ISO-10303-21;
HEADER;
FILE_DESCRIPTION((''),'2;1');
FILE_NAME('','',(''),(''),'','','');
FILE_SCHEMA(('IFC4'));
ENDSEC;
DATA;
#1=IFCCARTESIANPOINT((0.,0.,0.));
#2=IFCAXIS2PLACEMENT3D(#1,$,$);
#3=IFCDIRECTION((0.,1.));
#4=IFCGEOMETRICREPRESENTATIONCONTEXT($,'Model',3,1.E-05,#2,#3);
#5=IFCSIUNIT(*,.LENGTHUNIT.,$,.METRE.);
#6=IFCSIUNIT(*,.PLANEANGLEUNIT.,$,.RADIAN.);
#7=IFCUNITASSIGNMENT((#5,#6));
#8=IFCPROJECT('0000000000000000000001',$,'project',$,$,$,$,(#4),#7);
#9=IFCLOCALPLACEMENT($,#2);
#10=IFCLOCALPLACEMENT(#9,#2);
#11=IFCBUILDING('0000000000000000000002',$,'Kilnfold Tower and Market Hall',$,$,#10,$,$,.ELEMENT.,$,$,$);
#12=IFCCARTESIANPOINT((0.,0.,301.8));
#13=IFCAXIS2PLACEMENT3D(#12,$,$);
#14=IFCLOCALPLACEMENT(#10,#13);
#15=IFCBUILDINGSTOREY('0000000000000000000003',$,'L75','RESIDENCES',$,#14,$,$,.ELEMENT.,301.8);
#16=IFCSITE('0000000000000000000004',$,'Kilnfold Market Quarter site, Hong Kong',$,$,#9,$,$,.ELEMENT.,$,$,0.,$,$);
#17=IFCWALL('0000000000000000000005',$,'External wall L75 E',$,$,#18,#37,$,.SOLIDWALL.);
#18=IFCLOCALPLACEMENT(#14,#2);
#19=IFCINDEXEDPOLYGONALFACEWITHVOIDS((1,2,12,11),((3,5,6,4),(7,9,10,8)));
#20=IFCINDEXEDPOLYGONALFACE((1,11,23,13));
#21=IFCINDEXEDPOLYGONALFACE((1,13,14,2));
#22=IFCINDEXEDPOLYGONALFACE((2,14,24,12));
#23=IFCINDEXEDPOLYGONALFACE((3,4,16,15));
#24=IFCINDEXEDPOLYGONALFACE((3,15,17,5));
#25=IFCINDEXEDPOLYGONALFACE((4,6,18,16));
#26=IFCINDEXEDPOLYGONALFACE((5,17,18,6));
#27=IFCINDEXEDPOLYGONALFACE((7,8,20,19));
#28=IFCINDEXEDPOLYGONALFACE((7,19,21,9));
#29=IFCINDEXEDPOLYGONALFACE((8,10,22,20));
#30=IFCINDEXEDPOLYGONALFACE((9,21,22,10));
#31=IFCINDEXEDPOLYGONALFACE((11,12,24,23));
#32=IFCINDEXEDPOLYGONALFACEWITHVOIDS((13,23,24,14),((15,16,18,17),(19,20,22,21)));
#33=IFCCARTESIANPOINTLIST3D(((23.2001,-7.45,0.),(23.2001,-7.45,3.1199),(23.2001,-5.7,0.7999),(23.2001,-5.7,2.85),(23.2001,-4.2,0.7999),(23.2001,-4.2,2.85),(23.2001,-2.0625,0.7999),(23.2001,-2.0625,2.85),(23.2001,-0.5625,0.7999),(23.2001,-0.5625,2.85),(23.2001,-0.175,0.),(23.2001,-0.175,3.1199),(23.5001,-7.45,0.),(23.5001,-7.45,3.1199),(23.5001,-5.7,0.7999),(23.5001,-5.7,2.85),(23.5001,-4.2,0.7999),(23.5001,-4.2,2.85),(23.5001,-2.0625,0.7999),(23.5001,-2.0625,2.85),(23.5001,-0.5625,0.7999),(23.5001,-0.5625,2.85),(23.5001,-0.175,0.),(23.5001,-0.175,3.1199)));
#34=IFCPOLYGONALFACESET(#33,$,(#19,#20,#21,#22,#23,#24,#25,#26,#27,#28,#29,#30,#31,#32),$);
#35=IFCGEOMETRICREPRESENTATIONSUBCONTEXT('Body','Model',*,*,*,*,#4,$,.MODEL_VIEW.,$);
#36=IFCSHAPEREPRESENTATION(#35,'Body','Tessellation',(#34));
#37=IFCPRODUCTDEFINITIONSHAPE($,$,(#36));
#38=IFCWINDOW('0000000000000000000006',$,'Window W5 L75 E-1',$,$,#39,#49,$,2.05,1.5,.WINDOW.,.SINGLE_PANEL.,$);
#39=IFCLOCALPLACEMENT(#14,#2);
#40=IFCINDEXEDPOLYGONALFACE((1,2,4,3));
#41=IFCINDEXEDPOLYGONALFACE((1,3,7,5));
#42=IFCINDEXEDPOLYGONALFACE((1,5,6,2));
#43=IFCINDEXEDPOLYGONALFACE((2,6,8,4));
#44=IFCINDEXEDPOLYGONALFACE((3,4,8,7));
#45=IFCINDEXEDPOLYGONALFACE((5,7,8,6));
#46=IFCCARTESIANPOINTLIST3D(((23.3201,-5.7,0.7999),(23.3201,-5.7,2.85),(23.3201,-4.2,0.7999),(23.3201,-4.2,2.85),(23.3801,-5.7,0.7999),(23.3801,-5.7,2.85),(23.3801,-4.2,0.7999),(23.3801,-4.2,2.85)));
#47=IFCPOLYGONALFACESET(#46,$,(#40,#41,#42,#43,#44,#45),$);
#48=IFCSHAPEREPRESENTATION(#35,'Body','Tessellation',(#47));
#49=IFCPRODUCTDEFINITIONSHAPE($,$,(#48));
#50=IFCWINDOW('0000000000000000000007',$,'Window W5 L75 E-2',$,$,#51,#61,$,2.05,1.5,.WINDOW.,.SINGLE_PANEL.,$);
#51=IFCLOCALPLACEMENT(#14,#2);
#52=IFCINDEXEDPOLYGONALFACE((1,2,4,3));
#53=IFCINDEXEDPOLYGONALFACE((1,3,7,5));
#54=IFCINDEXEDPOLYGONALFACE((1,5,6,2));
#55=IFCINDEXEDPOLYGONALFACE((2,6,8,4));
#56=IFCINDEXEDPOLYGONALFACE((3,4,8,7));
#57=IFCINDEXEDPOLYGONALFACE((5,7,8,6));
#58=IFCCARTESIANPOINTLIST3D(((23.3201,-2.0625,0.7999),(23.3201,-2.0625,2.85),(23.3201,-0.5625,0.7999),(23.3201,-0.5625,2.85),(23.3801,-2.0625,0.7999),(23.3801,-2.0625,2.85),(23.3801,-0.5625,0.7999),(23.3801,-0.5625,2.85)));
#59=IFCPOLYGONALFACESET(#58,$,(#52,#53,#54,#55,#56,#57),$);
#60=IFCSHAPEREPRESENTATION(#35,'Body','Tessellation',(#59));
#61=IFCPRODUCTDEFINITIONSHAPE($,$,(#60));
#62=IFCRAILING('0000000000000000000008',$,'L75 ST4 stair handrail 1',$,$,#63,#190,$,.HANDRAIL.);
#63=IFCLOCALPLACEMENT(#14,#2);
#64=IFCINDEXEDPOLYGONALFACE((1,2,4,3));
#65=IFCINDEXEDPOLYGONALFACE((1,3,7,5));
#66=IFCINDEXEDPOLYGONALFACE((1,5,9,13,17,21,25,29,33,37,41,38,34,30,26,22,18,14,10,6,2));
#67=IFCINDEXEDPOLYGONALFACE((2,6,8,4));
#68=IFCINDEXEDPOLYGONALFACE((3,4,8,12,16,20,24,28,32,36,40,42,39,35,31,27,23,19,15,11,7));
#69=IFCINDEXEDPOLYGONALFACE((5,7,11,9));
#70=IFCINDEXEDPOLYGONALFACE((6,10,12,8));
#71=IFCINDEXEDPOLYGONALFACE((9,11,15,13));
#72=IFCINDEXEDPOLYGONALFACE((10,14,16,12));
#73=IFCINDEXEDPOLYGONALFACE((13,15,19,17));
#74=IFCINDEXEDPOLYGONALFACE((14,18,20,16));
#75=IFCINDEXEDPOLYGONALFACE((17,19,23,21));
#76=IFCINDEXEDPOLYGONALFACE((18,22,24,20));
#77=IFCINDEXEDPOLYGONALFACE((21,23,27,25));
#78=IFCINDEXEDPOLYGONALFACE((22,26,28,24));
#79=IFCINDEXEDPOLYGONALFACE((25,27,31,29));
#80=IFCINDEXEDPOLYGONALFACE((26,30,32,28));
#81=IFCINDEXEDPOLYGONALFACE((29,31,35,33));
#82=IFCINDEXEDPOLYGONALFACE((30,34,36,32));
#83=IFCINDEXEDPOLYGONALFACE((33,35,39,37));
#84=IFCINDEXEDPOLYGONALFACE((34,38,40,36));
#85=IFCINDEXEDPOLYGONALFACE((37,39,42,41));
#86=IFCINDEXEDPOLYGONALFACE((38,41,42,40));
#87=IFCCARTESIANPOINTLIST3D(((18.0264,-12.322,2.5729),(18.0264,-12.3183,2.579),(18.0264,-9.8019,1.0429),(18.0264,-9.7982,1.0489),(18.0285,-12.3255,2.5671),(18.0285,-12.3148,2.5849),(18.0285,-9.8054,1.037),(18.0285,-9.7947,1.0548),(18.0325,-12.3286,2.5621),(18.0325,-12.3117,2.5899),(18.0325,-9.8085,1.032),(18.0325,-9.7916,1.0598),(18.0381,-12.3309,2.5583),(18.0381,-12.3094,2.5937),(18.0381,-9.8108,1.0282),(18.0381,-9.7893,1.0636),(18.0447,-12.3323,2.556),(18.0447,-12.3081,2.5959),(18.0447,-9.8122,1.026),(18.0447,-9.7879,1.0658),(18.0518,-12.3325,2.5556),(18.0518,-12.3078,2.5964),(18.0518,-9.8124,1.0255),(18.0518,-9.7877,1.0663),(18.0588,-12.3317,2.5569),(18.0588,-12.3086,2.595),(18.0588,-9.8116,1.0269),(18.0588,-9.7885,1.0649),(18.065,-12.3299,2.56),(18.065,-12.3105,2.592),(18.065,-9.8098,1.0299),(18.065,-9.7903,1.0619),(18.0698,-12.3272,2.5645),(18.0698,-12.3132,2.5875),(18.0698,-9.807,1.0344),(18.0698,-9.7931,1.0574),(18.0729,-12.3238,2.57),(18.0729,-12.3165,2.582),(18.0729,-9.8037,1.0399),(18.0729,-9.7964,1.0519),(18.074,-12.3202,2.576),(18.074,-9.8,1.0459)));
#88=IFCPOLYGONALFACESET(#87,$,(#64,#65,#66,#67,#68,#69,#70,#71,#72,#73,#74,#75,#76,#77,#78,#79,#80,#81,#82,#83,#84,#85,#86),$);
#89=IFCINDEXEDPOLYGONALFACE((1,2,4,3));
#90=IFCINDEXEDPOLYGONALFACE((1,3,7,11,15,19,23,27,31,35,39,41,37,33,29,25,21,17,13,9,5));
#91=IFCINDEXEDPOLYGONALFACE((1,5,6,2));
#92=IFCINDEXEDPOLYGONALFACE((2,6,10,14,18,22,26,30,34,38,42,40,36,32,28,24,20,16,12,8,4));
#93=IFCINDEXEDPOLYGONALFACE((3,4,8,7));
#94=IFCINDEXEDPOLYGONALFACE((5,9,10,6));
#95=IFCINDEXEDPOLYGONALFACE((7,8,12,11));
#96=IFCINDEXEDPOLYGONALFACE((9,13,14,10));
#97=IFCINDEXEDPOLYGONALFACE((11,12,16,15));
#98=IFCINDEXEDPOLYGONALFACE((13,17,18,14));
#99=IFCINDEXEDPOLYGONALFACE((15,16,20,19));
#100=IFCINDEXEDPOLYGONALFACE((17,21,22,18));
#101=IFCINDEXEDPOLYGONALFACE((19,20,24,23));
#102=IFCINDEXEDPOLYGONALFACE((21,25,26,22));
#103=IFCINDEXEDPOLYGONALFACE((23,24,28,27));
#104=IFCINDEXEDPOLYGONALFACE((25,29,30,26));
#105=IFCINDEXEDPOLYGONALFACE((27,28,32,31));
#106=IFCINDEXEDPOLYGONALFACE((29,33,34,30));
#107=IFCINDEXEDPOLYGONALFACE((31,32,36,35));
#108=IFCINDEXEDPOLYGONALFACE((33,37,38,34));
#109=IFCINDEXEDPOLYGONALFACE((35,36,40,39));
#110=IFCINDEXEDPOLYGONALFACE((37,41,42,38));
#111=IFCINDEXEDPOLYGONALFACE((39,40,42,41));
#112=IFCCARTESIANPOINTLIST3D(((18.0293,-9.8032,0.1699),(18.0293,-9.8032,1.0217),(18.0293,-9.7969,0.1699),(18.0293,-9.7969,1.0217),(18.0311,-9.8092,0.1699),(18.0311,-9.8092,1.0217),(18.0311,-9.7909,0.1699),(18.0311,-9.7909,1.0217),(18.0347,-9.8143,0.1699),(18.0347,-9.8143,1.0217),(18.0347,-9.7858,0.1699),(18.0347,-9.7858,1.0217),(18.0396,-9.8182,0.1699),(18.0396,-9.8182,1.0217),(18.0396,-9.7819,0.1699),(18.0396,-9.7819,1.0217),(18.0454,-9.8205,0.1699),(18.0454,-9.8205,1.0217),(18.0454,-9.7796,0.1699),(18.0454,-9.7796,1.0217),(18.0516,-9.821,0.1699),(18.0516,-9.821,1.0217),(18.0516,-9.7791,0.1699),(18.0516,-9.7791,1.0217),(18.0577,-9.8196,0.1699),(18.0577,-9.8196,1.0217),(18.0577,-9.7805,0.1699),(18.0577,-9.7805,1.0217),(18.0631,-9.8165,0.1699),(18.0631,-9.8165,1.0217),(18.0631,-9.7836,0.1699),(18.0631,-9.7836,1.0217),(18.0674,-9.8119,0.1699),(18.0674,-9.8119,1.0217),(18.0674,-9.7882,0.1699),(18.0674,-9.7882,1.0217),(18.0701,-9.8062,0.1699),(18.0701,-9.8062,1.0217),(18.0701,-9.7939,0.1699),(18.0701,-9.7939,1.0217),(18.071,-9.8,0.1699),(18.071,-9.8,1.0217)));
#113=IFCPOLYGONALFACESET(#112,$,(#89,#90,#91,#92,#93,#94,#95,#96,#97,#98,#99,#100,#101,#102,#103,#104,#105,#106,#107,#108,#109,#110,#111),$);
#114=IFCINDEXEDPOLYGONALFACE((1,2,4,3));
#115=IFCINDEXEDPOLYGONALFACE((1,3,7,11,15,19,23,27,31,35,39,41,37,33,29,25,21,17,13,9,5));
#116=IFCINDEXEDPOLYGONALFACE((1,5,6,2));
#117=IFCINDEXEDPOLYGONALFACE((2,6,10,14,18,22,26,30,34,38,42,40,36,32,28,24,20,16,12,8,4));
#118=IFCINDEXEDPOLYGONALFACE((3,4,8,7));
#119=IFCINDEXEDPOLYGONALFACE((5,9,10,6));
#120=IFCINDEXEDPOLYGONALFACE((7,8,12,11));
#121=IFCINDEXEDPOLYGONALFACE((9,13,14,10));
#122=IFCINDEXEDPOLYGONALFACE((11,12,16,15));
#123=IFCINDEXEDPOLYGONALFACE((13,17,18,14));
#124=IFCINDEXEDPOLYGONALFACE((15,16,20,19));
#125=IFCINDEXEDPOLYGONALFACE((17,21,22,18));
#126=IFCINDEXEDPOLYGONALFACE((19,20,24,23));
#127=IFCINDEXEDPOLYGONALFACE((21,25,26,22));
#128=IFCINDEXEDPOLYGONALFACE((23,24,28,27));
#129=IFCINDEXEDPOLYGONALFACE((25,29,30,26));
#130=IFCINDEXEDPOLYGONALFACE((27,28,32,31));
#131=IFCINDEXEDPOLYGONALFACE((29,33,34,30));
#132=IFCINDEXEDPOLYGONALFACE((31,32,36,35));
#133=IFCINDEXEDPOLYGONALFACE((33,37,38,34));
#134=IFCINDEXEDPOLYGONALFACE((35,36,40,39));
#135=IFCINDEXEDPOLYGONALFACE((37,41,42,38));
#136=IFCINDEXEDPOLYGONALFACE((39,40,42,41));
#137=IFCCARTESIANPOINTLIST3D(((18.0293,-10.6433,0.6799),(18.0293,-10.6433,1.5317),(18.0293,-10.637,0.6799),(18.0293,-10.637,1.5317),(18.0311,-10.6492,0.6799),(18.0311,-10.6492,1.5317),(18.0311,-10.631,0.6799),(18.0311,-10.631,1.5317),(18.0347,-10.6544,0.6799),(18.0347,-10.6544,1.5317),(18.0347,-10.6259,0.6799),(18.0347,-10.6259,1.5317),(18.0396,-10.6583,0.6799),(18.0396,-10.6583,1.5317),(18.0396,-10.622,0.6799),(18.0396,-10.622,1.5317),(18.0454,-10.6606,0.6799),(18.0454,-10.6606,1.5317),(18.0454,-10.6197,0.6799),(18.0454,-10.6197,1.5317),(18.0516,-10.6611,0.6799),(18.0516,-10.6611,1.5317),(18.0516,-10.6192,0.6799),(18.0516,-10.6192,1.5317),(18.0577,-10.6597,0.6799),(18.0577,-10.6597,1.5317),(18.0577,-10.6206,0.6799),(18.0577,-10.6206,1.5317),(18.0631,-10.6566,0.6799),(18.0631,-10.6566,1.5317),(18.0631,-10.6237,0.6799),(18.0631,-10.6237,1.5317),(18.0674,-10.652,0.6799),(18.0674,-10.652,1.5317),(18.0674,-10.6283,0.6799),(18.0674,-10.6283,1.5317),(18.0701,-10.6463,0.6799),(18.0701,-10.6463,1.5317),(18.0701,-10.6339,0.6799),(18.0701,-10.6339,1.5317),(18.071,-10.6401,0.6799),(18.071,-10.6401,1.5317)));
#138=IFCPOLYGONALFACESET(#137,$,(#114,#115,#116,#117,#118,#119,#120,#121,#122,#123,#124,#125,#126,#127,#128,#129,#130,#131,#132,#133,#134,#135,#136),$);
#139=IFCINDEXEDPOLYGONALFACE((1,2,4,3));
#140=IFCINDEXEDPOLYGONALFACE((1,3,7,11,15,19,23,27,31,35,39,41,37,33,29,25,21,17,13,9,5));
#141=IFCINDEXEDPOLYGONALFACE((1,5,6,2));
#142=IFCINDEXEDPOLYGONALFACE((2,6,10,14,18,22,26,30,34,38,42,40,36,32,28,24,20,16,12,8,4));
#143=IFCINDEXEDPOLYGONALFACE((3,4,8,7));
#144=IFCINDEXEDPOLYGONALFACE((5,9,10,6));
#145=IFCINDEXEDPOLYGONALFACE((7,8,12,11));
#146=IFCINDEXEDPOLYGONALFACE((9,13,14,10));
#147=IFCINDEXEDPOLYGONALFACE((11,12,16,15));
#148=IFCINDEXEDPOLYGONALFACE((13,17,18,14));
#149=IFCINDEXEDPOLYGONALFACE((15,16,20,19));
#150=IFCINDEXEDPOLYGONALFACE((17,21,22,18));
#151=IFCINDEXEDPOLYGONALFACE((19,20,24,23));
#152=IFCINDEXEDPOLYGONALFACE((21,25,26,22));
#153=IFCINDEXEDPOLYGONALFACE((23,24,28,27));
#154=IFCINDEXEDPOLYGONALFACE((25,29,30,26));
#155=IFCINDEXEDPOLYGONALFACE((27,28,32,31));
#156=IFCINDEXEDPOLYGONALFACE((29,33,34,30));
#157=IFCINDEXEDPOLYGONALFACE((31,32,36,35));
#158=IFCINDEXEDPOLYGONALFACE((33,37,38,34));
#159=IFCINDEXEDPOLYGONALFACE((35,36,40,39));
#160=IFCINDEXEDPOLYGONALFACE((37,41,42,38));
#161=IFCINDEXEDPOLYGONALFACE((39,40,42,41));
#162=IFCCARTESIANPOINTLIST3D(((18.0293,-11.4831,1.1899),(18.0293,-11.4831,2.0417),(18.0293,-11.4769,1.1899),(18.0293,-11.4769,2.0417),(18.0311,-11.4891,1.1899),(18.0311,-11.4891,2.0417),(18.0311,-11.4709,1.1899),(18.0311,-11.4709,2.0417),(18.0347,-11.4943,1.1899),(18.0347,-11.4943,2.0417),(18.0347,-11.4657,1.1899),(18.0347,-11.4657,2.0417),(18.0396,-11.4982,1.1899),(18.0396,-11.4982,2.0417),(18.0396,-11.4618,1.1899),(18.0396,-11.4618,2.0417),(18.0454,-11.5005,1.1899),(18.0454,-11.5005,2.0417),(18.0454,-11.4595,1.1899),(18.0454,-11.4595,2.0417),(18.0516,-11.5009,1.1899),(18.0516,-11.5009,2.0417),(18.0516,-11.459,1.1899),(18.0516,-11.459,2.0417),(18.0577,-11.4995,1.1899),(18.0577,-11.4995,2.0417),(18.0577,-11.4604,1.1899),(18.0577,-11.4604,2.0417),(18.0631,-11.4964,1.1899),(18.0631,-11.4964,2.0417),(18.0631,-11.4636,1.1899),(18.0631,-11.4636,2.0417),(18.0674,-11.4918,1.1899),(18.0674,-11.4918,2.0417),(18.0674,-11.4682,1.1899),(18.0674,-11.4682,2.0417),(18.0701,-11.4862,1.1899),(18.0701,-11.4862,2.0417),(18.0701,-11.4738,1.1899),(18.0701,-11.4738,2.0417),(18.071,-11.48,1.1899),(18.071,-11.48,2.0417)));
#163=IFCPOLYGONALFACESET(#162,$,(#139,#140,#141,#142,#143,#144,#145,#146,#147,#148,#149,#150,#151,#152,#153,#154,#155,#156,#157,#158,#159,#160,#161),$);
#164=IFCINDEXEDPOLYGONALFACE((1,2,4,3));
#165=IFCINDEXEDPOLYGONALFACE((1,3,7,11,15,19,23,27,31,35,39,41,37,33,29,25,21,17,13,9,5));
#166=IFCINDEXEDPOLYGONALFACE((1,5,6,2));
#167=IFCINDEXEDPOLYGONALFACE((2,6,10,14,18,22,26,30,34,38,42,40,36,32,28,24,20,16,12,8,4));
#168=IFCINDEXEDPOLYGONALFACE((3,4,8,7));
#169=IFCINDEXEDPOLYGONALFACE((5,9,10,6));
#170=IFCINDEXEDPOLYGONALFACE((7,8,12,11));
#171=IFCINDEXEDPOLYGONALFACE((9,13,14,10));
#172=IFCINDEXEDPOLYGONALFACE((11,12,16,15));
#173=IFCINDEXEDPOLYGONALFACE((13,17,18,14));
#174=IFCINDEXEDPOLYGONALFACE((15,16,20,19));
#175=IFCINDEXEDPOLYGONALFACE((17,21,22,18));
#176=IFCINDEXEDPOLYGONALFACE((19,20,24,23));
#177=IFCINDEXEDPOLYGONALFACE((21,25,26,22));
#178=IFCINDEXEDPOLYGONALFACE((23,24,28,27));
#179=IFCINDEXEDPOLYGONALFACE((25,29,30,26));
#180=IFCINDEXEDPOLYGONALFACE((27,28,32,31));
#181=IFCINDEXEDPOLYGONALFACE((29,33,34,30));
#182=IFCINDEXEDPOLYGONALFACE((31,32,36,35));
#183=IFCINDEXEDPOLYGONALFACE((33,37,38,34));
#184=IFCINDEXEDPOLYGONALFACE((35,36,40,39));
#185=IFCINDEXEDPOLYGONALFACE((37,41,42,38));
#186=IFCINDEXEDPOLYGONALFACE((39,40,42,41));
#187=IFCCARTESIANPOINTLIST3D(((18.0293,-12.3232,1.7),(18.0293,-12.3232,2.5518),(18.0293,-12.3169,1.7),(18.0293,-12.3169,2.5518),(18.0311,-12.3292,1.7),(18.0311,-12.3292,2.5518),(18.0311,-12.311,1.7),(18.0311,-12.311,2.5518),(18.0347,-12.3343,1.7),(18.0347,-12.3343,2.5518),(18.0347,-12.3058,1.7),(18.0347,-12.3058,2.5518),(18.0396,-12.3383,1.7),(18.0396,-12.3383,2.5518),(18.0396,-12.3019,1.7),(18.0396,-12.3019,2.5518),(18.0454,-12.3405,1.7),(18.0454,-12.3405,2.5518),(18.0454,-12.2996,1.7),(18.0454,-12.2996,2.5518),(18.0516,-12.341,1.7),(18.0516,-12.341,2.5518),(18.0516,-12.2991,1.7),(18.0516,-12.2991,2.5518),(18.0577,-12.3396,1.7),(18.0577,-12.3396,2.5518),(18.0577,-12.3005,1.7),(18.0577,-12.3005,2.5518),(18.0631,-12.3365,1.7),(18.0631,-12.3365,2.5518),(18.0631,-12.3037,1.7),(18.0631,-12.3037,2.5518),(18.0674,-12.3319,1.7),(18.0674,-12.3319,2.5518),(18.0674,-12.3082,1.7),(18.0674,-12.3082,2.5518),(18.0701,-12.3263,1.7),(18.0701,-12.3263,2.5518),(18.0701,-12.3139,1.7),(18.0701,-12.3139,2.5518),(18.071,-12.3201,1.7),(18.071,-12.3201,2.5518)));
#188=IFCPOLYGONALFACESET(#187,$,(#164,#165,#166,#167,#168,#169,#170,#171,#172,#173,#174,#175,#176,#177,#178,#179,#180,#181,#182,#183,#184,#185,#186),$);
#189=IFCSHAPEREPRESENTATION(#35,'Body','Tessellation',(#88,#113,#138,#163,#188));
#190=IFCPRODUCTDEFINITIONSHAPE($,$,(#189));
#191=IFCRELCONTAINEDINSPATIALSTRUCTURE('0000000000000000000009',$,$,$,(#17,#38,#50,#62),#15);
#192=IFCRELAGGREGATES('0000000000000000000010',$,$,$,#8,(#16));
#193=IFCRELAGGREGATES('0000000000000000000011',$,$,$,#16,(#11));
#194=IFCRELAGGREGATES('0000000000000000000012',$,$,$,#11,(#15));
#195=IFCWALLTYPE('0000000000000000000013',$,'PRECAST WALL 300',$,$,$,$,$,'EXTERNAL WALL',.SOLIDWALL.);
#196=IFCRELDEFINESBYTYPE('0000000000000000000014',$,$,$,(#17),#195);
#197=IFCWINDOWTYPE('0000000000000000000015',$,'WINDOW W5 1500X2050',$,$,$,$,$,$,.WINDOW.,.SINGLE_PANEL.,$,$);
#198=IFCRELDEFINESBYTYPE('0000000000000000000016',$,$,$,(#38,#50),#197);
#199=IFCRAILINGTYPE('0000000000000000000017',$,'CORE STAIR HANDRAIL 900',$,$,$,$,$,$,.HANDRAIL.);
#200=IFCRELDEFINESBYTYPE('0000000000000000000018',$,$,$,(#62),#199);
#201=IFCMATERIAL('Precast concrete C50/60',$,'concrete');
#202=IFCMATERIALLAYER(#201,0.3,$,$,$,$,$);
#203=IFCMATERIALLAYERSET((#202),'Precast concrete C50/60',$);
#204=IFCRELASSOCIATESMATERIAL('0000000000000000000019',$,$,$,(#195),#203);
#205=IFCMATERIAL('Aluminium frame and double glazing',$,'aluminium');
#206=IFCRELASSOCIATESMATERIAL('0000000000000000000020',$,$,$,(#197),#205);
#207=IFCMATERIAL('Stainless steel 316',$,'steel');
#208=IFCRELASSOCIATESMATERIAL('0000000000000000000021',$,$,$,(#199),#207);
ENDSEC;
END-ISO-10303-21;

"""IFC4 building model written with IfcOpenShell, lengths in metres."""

from ifc_helpers import new_model, si_unit, direction, frame, frame_2d, origin, origin_2d, place, context, subcontext, project, spatial, rectangle, circle, extrude, source, transform, mapped, material, layer, layer_set, type_object, element, fill, save


model = new_model("IFC4")

# Units and contexts
model_context = context("Model", 3, precision=1e-05, world=origin(), true_north=direction((0.0, 1.0)))
body_context = subcontext(model_context, "Body", "Model", "MODEL_VIEW")
ifc_project = project(units=[si_unit("LENGTHUNIT", "METRE"), si_unit("PLANEANGLEUNIT", "RADIAN")], contexts=[model_context])

# Site, building, storey
site_placement = place(None, origin())
site = spatial("IfcSite", under=ifc_project, at=site_placement, Name="Kilnfold Market Quarter site, Hong Kong", CompositionType="ELEMENT", RefElevation=0.0)
building_placement = place(site_placement, origin())
building = spatial("IfcBuilding", under=site, at=building_placement, Name="Kilnfold Tower and Market Hall", CompositionType="ELEMENT")
storey_placement = place(building_placement, frame((0.0, 0.0, 301.8)))
storey = spatial("IfcBuildingStorey", under=building, at=storey_placement, Name="L75", Description="RESIDENCES", CompositionType="ELEMENT", Elevation=301.8)

# Wall, openings, windows
ifc_material_1 = material(Name="Precast concrete C50/60", Category="concrete")
ifc_layer_1 = layer(ifc_material_1, 0.3)
ifc_layer_set_1 = layer_set([ifc_layer_1], Name="Precast concrete C50/60")
wall_type_1 = type_object("IfcWallType", Name="PRECAST WALL 300", ElementType="EXTERNAL WALL", PredefinedType="SOLIDWALL", material=ifc_layer_set_1)
shared_shape_1 = source(origin(), body_context, "Body", "SweptSolid", [
    extrude(rectangle(XDim=7.2749, YDim=0.3, at=frame_2d((3.6375, 0.0))), origin(), (0.0, 0.0, 1.0), 3.1199),
])
wall_1_placement = place(storey_placement, frame((23.3501, -7.45, 0.0), z_axis=(0.0, 0.0, 1.0), x_axis=(0.0, 1.0, 0.0)))
wall_1 = element("IfcWall", 1, at=wall_1_placement, inside=storey, type_object=wall_type_1, Name="External wall L75 E", PredefinedType="SOLIDWALL", context=body_context, shape_type="MappedRepresentation", body=[
    mapped(shared_shape_1, transform((0.0, 0.0, 0.0))),
])
opening_1_placement = place(wall_1_placement, frame((1.75, 0.0, 0.8)))
opening_1 = element("IfcOpeningElement", 2, at=opening_1_placement, cuts=wall_1, PredefinedType="OPENING", context=body_context, shape_type="SweptSolid", body=[
    extrude(rectangle(XDim=1.5, YDim=2.05, at=frame_2d((0.75, 1.0249))), frame((0.0, 0.1602, 0.0), z_axis=(0.0, -1.0, 0.0), x_axis=(1.0, 0.0, 0.0)), (0.0, 0.0, 1.0), 0.3201),
])
opening_2_placement = place(wall_1_placement, frame((5.3875, 0.0, 0.8)))
opening_2 = element("IfcOpeningElement", 3, at=opening_2_placement, cuts=wall_1, PredefinedType="OPENING", context=body_context, shape_type="SweptSolid", body=[
    extrude(rectangle(XDim=1.5, YDim=2.05, at=frame_2d((0.75, 1.0249))), frame((0.0, 0.1602, 0.0), z_axis=(0.0, -1.0, 0.0), x_axis=(1.0, 0.0, 0.0)), (0.0, 0.0, 1.0), 0.3201),
])
ifc_material_2 = material(Name="Aluminium frame and double glazing", Category="aluminium")
window_type = type_object("IfcWindowType", Name="WINDOW W5 1500X2050", PartitioningType="SINGLE_PANEL", PredefinedType="WINDOW", material=ifc_material_2)
window_1_placement = place(opening_1_placement, origin())
window_1 = element("IfcWindow", 4, at=window_1_placement, inside=storey, type_object=window_type, Name="Window W5 L75 E-1", OverallHeight=2.05, OverallWidth=1.5, PartitioningType="SINGLE_PANEL", PredefinedType="WINDOW", context=body_context, shape_type="SweptSolid", body=[
    extrude(rectangle(XDim=1.5, YDim=2.05, at=frame_2d((0.75, 1.0249))), frame((0.0, 0.03, 0.0), z_axis=(0.0, -1.0, 0.0), x_axis=(1.0, 0.0, 0.0)), (0.0, 0.0, 1.0), 0.0601),
])
fill(opening_1, window_1)
window_2_placement = place(opening_2_placement, origin())
window_2 = element("IfcWindow", 5, at=window_2_placement, inside=storey, type_object=window_type, Name="Window W5 L75 E-2", OverallHeight=2.05, OverallWidth=1.5, PartitioningType="SINGLE_PANEL", PredefinedType="WINDOW", context=body_context, shape_type="SweptSolid", body=[
    extrude(rectangle(XDim=1.5, YDim=2.05, at=frame_2d((0.75, 1.0249))), frame((0.0, 0.03, 0.0), z_axis=(0.0, -1.0, 0.0), x_axis=(1.0, 0.0, 0.0)), (0.0, 0.0, 1.0), 0.0601),
])
fill(opening_2, window_2)

# Railing
ifc_material_3 = material(Name="Stainless steel 316", Category="steel")
railing_type_1 = type_object("IfcRailingType", Name="CORE STAIR HANDRAIL 900", PredefinedType="HANDRAIL", material=ifc_material_3)
railing_1_placement = place(storey_placement, frame((18.05, -9.8, 0.1699)))
element("IfcRailing", 6, at=railing_1_placement, inside=storey, type_object=railing_type_1, Name="L75 ST4 stair handrail 1", PredefinedType="HANDRAIL", context=body_context, shape_type="SweptSolid", body=[
    extrude(circle(Radius=0.0239, at=origin_2d()), frame((0.0, 0.0, 0.876), z_axis=(0.0, -0.854785, 0.518982), x_axis=(1.0, 0.0, 0.0)), (0.0, 0.0, 1.0), 2.9482),
    extrude(circle(Radius=0.021, at=origin_2d()), origin(), (0.0, 0.0, 1.0), 0.8518),
    extrude(circle(Radius=0.021, at=origin_2d()), frame((0.0, -0.8401, 0.51)), (0.0, 0.0, 1.0), 0.8518),
    extrude(circle(Radius=0.021, at=origin_2d()), frame((0.0, -1.6799, 1.02)), (0.0, 0.0, 1.0), 0.8518),
    extrude(circle(Radius=0.021, at=origin_2d()), frame((0.0, -2.52, 1.53)), (0.0, 0.0, 1.0), 0.8518),
])

save(model, "model.ifc")
